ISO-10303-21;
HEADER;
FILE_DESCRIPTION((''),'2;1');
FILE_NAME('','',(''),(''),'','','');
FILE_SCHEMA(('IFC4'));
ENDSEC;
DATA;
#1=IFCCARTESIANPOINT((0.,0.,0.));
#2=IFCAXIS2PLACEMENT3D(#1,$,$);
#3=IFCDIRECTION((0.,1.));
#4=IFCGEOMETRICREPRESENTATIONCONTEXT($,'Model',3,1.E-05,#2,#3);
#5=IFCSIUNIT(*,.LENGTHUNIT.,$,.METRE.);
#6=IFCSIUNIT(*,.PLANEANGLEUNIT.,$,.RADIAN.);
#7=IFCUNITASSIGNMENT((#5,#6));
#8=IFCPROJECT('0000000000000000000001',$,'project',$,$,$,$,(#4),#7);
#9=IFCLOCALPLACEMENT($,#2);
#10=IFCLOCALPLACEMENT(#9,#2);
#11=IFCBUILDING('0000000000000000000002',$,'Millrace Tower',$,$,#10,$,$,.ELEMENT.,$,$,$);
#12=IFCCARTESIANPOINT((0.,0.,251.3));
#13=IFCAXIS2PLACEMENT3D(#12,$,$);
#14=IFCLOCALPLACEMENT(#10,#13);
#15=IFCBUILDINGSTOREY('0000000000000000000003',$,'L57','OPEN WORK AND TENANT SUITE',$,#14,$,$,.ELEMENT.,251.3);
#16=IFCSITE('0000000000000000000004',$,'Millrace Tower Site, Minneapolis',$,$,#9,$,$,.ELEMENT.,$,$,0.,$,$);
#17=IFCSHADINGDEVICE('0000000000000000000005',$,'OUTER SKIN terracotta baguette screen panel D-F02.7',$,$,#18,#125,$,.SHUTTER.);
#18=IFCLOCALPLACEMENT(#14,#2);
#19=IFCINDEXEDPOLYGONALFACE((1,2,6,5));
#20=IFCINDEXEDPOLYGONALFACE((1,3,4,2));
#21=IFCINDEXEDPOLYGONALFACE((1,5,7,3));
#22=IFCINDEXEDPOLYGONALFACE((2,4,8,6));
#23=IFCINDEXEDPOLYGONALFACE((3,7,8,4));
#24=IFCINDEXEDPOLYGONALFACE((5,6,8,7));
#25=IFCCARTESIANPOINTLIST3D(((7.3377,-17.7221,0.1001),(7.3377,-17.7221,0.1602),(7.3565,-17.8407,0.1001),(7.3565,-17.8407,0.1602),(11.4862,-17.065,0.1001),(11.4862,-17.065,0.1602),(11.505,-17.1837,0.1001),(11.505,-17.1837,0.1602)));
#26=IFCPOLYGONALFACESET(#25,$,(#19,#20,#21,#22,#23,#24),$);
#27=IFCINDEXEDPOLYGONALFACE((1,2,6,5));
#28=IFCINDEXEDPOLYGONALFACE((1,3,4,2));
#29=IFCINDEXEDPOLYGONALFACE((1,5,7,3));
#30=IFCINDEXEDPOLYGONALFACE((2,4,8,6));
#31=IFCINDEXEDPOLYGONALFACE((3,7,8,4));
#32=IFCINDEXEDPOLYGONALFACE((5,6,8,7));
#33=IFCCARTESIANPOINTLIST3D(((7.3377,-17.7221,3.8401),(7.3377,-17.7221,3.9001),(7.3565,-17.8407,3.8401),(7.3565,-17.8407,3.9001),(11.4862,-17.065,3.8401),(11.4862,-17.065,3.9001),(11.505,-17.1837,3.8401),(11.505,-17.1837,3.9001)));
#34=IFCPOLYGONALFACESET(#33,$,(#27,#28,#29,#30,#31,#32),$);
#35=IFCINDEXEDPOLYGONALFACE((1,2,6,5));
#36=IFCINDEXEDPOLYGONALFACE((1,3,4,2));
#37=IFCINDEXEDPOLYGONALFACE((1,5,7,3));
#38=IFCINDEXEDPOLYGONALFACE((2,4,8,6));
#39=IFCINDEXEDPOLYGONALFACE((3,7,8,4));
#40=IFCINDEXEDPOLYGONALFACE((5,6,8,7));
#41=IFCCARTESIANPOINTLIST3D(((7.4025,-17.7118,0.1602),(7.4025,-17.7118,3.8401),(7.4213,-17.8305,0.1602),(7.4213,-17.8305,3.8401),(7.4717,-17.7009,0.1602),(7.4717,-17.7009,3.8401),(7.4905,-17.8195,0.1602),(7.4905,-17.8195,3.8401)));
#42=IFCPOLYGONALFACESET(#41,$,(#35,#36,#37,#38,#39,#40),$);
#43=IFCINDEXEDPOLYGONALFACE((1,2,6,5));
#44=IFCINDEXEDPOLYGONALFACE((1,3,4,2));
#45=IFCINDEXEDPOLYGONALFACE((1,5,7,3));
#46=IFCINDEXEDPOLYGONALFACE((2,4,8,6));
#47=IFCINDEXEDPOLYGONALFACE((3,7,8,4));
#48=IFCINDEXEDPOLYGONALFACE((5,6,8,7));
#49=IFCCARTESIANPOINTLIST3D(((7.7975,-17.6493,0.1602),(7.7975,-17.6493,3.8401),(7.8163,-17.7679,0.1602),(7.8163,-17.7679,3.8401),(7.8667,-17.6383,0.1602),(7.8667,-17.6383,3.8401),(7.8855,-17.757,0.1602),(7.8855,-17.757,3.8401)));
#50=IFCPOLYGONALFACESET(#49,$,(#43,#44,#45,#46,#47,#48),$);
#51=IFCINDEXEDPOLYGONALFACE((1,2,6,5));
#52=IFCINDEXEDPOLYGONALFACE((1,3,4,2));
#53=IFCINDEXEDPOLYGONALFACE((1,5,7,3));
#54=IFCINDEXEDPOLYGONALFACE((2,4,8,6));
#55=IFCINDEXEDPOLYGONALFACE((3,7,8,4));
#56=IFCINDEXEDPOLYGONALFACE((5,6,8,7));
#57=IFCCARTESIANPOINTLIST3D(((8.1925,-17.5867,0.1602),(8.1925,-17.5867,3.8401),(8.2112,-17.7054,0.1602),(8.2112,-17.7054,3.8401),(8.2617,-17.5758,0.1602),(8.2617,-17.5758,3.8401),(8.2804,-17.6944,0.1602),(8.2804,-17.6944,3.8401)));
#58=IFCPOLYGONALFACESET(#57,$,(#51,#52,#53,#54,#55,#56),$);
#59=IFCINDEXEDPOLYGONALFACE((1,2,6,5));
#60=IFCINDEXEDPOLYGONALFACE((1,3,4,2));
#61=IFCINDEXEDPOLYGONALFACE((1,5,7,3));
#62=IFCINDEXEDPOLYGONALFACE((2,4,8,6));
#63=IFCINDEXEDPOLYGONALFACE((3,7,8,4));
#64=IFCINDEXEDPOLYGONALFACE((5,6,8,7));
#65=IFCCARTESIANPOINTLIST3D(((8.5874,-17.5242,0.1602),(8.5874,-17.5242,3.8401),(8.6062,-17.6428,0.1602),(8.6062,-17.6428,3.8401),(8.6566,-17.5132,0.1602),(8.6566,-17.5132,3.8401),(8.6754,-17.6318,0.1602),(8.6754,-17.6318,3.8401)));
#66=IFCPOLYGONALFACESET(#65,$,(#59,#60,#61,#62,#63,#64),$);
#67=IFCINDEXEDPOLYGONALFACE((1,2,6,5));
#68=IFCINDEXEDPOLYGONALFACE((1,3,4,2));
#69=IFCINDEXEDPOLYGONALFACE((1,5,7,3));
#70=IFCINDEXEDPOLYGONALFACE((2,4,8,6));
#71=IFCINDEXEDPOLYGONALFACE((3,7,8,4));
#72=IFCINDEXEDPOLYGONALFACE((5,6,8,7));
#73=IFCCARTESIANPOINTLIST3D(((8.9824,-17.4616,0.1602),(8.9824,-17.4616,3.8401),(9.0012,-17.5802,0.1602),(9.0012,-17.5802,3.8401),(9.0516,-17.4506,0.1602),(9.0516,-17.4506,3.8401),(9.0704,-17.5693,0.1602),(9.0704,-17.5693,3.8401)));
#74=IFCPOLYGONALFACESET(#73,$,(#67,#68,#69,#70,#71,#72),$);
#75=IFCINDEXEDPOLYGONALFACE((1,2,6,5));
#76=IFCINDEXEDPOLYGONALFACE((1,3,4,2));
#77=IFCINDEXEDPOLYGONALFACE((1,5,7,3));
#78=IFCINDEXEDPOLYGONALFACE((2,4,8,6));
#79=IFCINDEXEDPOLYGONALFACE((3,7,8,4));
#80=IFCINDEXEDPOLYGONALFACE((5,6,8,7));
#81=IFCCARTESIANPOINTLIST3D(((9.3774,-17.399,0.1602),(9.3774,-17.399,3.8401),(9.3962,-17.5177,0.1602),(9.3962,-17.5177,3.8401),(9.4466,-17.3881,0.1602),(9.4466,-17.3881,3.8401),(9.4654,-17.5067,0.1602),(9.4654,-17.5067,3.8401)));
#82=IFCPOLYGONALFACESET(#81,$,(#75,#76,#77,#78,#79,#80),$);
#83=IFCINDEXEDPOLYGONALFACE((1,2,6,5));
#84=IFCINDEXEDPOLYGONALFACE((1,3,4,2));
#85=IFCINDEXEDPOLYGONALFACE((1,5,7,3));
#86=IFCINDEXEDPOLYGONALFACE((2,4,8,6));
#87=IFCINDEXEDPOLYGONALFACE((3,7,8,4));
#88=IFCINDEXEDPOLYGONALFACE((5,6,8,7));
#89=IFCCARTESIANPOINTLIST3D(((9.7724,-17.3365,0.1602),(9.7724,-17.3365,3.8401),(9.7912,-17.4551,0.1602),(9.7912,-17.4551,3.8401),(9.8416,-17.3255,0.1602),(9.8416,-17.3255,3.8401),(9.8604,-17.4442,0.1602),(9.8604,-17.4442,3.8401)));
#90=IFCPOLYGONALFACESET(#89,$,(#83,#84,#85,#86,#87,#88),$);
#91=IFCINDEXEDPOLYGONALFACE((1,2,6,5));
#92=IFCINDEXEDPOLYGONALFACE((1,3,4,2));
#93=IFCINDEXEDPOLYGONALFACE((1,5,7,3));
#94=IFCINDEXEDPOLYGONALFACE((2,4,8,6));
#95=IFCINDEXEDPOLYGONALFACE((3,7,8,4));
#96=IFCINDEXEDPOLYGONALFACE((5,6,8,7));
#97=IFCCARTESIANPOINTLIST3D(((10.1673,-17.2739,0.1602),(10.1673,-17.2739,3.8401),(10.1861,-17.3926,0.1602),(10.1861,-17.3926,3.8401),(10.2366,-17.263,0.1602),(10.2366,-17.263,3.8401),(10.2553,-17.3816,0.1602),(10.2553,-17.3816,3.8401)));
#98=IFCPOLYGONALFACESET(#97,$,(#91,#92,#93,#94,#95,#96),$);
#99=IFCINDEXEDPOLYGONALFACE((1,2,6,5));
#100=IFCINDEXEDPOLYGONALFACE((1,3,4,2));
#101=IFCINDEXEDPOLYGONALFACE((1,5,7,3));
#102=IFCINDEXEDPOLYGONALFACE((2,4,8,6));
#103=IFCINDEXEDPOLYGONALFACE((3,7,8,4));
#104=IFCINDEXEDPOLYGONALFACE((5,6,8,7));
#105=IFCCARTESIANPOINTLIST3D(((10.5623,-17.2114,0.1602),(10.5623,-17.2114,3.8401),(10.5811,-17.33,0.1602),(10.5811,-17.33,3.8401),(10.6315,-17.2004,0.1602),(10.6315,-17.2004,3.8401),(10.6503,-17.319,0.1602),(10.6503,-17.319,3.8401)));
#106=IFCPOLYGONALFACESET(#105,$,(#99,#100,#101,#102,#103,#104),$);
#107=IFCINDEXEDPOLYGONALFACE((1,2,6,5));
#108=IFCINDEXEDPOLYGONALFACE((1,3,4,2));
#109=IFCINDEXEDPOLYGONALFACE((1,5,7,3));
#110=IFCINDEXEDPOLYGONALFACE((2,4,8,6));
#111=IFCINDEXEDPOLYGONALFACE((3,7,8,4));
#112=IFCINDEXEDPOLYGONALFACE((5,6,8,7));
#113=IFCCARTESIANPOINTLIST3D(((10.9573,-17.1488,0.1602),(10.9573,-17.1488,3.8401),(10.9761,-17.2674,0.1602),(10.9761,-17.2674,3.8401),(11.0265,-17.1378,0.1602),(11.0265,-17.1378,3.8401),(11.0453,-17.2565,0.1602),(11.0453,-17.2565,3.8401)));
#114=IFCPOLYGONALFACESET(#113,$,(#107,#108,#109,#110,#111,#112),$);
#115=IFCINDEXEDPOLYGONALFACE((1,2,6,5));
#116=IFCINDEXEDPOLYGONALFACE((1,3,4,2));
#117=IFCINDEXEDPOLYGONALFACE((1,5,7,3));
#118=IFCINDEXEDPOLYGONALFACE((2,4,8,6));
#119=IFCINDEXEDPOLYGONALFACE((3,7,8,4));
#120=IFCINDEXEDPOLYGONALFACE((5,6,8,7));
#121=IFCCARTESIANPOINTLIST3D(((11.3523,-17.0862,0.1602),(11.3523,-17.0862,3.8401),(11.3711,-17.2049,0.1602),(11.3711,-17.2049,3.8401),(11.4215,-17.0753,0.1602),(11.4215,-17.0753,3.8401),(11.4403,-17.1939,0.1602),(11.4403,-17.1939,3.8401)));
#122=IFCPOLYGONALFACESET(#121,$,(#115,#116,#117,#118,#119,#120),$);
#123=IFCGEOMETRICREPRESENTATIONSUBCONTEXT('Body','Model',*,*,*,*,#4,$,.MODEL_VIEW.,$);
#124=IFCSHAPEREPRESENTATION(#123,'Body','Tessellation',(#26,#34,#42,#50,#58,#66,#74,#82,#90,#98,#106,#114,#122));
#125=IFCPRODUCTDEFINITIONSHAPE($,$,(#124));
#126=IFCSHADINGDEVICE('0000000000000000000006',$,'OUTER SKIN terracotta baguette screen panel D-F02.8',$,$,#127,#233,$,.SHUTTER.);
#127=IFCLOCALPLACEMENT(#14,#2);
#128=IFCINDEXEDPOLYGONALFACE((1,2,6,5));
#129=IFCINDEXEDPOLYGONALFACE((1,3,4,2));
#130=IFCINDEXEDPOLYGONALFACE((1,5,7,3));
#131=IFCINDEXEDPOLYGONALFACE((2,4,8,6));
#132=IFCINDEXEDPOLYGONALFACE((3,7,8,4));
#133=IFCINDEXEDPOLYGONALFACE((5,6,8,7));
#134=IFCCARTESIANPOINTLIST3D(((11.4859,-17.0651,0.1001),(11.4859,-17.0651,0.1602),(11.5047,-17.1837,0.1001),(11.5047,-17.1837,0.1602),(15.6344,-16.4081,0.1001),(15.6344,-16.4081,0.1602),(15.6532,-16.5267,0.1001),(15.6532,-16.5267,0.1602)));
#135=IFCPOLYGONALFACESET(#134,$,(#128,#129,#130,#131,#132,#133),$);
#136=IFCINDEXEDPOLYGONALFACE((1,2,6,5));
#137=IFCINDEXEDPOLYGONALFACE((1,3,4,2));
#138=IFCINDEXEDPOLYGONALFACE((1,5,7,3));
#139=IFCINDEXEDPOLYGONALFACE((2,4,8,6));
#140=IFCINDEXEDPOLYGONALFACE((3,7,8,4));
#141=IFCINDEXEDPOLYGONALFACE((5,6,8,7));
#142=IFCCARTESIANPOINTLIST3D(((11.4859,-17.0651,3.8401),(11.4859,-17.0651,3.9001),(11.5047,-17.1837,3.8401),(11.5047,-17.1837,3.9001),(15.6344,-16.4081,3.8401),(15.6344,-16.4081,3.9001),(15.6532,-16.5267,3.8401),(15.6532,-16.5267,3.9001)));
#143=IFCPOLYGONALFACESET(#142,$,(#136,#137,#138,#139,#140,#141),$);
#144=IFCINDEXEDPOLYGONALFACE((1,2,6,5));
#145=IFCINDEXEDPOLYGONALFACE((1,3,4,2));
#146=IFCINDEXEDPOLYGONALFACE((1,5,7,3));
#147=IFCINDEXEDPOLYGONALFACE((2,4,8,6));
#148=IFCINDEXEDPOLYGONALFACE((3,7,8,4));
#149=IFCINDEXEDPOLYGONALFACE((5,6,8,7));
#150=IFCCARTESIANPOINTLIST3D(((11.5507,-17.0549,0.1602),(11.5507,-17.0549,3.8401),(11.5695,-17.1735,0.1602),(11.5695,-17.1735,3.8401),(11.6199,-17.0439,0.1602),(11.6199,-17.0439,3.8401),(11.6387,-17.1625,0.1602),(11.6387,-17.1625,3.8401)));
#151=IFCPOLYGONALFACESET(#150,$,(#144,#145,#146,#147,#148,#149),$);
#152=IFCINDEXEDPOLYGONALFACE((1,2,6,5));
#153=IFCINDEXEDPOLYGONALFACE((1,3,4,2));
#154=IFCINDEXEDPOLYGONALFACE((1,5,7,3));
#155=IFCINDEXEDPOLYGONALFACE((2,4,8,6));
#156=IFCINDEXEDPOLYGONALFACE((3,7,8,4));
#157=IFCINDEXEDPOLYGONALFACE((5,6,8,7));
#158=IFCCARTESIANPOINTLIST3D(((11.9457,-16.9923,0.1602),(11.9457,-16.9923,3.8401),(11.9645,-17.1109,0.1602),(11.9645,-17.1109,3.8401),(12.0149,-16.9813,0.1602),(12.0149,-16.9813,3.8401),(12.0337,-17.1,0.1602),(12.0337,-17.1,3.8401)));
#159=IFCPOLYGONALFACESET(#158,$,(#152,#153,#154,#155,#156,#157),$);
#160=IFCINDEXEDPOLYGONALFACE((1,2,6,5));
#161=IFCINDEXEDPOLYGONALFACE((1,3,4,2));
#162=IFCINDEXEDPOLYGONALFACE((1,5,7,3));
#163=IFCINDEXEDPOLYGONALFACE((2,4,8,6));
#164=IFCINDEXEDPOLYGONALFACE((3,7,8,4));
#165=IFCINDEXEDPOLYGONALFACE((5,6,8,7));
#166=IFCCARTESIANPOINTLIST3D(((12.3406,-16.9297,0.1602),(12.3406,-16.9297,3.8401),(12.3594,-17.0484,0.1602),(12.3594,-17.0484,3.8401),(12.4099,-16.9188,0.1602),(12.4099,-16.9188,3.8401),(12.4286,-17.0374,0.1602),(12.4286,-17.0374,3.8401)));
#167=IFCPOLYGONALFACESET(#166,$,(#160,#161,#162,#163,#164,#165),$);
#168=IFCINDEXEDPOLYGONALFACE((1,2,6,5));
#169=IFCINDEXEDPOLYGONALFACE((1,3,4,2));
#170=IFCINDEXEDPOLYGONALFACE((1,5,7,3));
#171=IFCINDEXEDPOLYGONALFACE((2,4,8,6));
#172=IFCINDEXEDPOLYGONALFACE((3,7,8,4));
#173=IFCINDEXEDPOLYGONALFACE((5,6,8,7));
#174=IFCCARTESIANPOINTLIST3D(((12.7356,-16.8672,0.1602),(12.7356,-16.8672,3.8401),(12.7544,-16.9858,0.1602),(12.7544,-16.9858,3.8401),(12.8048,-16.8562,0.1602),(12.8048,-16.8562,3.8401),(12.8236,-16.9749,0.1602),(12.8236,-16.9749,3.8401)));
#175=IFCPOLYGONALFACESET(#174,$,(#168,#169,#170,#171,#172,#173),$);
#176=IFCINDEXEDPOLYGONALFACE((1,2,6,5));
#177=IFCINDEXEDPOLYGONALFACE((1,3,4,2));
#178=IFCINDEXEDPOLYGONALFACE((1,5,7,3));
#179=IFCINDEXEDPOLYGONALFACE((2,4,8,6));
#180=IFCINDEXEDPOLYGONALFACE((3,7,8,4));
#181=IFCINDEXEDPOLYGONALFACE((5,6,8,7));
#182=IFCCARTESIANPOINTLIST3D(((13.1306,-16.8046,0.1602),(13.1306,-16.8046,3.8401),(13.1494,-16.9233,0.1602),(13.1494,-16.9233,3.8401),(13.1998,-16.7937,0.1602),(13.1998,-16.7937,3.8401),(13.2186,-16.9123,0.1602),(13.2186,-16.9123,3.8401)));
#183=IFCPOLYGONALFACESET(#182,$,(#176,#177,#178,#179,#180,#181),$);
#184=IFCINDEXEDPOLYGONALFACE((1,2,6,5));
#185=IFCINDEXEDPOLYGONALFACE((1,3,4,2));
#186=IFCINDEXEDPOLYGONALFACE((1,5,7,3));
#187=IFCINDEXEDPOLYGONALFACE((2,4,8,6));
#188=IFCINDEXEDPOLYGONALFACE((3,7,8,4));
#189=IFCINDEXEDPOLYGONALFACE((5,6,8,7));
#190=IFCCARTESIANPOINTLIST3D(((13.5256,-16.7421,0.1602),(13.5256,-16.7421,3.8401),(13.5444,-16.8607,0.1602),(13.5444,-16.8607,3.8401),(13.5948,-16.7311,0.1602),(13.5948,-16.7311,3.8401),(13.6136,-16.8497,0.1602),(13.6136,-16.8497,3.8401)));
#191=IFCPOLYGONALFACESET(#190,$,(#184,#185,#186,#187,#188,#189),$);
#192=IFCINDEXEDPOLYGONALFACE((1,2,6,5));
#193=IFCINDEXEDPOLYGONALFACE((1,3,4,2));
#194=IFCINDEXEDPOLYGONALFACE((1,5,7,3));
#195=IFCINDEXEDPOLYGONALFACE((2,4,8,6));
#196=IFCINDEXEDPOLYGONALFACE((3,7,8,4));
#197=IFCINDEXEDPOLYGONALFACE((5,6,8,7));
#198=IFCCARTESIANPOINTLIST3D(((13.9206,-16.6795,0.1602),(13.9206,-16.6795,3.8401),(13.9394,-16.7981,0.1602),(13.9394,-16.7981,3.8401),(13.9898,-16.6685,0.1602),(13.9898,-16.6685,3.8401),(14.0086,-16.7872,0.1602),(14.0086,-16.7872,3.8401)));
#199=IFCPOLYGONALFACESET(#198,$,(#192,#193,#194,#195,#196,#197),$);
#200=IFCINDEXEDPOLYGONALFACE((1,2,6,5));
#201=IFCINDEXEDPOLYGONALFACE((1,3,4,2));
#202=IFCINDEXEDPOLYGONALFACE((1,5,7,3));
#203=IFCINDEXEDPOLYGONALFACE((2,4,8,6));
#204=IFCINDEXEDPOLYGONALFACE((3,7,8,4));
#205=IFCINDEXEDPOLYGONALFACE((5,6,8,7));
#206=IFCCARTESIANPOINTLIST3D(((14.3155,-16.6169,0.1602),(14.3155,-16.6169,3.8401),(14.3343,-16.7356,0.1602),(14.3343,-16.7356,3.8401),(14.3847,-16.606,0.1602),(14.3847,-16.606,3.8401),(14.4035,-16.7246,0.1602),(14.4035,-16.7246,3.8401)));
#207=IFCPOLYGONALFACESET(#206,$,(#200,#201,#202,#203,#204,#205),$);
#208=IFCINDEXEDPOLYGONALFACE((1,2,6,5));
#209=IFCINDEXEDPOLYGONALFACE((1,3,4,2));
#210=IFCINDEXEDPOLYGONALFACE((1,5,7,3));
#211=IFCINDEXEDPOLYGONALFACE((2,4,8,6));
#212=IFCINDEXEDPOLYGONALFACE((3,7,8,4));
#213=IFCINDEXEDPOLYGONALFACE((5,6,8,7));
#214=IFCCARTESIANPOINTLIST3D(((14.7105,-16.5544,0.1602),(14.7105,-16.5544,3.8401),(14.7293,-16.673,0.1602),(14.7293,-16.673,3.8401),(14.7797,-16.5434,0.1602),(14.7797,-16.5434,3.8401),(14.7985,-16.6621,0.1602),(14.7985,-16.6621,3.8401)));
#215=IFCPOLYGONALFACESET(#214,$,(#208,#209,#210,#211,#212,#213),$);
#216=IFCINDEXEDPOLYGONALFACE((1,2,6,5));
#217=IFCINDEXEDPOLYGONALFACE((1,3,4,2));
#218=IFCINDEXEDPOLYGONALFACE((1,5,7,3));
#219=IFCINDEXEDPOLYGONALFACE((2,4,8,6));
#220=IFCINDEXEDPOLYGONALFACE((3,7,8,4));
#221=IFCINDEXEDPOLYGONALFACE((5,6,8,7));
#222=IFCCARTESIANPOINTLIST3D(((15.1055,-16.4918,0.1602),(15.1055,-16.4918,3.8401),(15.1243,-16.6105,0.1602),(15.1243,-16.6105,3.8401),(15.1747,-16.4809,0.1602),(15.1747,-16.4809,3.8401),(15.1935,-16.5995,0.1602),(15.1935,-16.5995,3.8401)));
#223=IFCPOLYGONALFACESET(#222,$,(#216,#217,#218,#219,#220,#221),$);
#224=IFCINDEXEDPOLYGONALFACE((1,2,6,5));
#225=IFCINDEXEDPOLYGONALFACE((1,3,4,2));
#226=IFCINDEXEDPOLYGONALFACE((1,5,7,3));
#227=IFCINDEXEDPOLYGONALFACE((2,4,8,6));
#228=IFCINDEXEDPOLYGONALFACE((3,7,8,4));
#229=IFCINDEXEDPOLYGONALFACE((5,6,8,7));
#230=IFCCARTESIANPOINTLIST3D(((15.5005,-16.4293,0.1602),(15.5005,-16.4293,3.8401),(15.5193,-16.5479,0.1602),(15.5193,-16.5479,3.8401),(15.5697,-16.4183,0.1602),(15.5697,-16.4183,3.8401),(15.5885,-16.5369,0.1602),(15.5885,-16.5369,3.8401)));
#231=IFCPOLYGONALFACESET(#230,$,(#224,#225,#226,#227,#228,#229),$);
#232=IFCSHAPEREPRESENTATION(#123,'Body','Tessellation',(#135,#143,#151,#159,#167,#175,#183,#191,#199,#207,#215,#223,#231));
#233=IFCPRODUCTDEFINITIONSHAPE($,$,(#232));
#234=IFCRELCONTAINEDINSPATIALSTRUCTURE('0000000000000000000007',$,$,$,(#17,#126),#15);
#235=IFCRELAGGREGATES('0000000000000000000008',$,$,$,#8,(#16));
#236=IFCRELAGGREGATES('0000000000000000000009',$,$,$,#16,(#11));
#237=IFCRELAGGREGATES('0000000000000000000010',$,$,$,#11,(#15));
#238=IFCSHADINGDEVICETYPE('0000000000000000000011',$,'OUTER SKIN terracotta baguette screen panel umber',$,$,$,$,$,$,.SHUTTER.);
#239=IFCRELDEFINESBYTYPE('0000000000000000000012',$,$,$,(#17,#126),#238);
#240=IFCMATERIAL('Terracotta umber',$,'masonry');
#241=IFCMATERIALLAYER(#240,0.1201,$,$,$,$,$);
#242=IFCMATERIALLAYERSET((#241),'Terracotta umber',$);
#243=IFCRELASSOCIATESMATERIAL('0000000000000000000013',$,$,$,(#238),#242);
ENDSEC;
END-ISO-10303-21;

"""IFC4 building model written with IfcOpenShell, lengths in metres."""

from ifc_helpers import new_model, entity, si_unit, direction, frame, frame_2d, origin, origin_2d, place, context, subcontext, project, spatial, rectangle, extrude, source, transform, mapped, material, layer, layer_set, type_object, element, save


model = new_model("IFC4")

# Units and contexts
model_context = context("Model", 3, precision=1e-05, world=origin(), true_north=direction((0.0, 1.0)))
body_context = subcontext(model_context, "Body", "Model", "MODEL_VIEW")
ifc_project = project(units=[si_unit("LENGTHUNIT", "METRE"), si_unit("PLANEANGLEUNIT", "RADIAN")], contexts=[model_context])

# Site, building, storey
site_placement = place(None, origin())
site = spatial("IfcSite", under=ifc_project, at=site_placement, Name="Millrace Tower Site, Minneapolis", CompositionType="ELEMENT", RefElevation=0.0)
building_placement = place(site_placement, origin())
building = spatial("IfcBuilding", under=site, at=building_placement, Name="Millrace Tower", CompositionType="ELEMENT")
storey_placement = place(building_placement, frame((0.0, 0.0, 251.3)))
storey = spatial("IfcBuildingStorey", under=building, at=storey_placement, Name="L57", Description="OPEN WORK AND TENANT SUITE", CompositionType="ELEMENT", Elevation=251.3)

# Shading devices
ifc_material_1 = material(Name="Terracotta umber", Category="masonry")
ifc_layer_1 = layer(ifc_material_1, 0.1201)
ifc_layer_set_1 = layer_set([ifc_layer_1], Name="Terracotta umber")
shading_device_type = type_object("IfcShadingDeviceType", Name="OUTER SKIN terracotta baguette screen panel umber", PredefinedType="SHUTTER", material=ifc_layer_set_1)
cartesian_point = entity("IfcCartesianPoint", [-2.1001, 0.0601])
shared_polyline = entity("IfcPolyline", [cartesian_point, entity("IfcCartesianPoint", [2.1001, 0.0601]), entity("IfcCartesianPoint", [2.1001, -0.0601]), entity("IfcCartesianPoint", [-2.1001, -0.0601]), cartesian_point])
shared_shape = source(origin(), body_context, "Body", "SweptSolid", [
    entity("IfcExtrudedAreaSolid", entity("IfcArbitraryClosedProfileDef", "AREA", None, shared_polyline), entity("IfcAxis2Placement3D", entity("IfcCartesianPoint", [0.0, 0.0, 0.0])), entity("IfcDirection", [0.0, 0.0, 1.0]), 0.0601),
    entity("IfcExtrudedAreaSolid", entity("IfcArbitraryClosedProfileDef", "AREA", None, shared_polyline), entity("IfcAxis2Placement3D", entity("IfcCartesianPoint", [0.0, 0.0, 3.74])), entity("IfcDirection", [0.0, 0.0, 1.0]), 0.0601),
    extrude(rectangle(XDim=0.0701, YDim=0.1201, at=frame_2d((-1.9995, 0.0))), frame((0.0, 0.0, 0.0601)), (0.0, 0.0, 1.0), 3.6799),
    extrude(rectangle(XDim=0.0701, YDim=0.1201, at=frame_2d((-1.5996, 0.0))), frame((0.0, 0.0, 0.0601)), (0.0, 0.0, 1.0), 3.6799),
    extrude(rectangle(XDim=0.0701, YDim=0.1201, at=frame_2d((-1.1997, 0.0))), frame((0.0, 0.0, 0.0601)), (0.0, 0.0, 1.0), 3.6799),
    extrude(rectangle(XDim=0.0701, YDim=0.1201, at=frame_2d((-0.7998, 0.0))), frame((0.0, 0.0, 0.0601)), (0.0, 0.0, 1.0), 3.6799),
    extrude(rectangle(XDim=0.0701, YDim=0.1201, at=frame_2d((-0.3999, 0.0))), frame((0.0, 0.0, 0.0601)), (0.0, 0.0, 1.0), 3.6799),
    extrude(rectangle(XDim=0.0701, YDim=0.1201, at=origin_2d()), frame((0.0, 0.0, 0.0601)), (0.0, 0.0, 1.0), 3.6799),
    extrude(rectangle(XDim=0.0701, YDim=0.1201, at=frame_2d((0.3999, 0.0))), frame((0.0, 0.0, 0.0601)), (0.0, 0.0, 1.0), 3.6799),
    extrude(rectangle(XDim=0.0701, YDim=0.1201, at=frame_2d((0.7998, 0.0))), frame((0.0, 0.0, 0.0601)), (0.0, 0.0, 1.0), 3.6799),
    extrude(rectangle(XDim=0.0701, YDim=0.1201, at=frame_2d((1.1997, 0.0))), frame((0.0, 0.0, 0.0601)), (0.0, 0.0, 1.0), 3.6799),
    extrude(rectangle(XDim=0.0701, YDim=0.1201, at=frame_2d((1.5996, 0.0))), frame((0.0, 0.0, 0.0601)), (0.0, 0.0, 1.0), 3.6799),
    extrude(rectangle(XDim=0.0701, YDim=0.1201, at=frame_2d((1.9995, 0.0))), frame((0.0, 0.0, 0.0601)), (0.0, 0.0, 1.0), 3.6799),
])
for number, where, z_axis, x_axis, name in (
    (1, (9.4214, -17.4529, 0.1001), (0.0, 0.0, 1.0), (0.987688, 0.156434, 0.0), "OUTER SKIN terracotta baguette screen panel D-F02.7"),
    (2, (13.5696, -16.7959, 0.1001), (0.0, 0.0, 1.0), (0.987688, 0.156434, 0.0), "OUTER SKIN terracotta baguette screen panel D-F02.8"),
):
    element("IfcShadingDevice", number, at=place(storey_placement, frame(where, z_axis=z_axis, x_axis=x_axis)), inside=storey, type_object=shading_device_type, Name=name, PredefinedType="SHUTTER", context=body_context, shape_type="MappedRepresentation", body=[
        mapped(shared_shape, transform((0.0, 0.0, 0.0), scale=1.0)),
    ])

save(model, "model.ifc")
